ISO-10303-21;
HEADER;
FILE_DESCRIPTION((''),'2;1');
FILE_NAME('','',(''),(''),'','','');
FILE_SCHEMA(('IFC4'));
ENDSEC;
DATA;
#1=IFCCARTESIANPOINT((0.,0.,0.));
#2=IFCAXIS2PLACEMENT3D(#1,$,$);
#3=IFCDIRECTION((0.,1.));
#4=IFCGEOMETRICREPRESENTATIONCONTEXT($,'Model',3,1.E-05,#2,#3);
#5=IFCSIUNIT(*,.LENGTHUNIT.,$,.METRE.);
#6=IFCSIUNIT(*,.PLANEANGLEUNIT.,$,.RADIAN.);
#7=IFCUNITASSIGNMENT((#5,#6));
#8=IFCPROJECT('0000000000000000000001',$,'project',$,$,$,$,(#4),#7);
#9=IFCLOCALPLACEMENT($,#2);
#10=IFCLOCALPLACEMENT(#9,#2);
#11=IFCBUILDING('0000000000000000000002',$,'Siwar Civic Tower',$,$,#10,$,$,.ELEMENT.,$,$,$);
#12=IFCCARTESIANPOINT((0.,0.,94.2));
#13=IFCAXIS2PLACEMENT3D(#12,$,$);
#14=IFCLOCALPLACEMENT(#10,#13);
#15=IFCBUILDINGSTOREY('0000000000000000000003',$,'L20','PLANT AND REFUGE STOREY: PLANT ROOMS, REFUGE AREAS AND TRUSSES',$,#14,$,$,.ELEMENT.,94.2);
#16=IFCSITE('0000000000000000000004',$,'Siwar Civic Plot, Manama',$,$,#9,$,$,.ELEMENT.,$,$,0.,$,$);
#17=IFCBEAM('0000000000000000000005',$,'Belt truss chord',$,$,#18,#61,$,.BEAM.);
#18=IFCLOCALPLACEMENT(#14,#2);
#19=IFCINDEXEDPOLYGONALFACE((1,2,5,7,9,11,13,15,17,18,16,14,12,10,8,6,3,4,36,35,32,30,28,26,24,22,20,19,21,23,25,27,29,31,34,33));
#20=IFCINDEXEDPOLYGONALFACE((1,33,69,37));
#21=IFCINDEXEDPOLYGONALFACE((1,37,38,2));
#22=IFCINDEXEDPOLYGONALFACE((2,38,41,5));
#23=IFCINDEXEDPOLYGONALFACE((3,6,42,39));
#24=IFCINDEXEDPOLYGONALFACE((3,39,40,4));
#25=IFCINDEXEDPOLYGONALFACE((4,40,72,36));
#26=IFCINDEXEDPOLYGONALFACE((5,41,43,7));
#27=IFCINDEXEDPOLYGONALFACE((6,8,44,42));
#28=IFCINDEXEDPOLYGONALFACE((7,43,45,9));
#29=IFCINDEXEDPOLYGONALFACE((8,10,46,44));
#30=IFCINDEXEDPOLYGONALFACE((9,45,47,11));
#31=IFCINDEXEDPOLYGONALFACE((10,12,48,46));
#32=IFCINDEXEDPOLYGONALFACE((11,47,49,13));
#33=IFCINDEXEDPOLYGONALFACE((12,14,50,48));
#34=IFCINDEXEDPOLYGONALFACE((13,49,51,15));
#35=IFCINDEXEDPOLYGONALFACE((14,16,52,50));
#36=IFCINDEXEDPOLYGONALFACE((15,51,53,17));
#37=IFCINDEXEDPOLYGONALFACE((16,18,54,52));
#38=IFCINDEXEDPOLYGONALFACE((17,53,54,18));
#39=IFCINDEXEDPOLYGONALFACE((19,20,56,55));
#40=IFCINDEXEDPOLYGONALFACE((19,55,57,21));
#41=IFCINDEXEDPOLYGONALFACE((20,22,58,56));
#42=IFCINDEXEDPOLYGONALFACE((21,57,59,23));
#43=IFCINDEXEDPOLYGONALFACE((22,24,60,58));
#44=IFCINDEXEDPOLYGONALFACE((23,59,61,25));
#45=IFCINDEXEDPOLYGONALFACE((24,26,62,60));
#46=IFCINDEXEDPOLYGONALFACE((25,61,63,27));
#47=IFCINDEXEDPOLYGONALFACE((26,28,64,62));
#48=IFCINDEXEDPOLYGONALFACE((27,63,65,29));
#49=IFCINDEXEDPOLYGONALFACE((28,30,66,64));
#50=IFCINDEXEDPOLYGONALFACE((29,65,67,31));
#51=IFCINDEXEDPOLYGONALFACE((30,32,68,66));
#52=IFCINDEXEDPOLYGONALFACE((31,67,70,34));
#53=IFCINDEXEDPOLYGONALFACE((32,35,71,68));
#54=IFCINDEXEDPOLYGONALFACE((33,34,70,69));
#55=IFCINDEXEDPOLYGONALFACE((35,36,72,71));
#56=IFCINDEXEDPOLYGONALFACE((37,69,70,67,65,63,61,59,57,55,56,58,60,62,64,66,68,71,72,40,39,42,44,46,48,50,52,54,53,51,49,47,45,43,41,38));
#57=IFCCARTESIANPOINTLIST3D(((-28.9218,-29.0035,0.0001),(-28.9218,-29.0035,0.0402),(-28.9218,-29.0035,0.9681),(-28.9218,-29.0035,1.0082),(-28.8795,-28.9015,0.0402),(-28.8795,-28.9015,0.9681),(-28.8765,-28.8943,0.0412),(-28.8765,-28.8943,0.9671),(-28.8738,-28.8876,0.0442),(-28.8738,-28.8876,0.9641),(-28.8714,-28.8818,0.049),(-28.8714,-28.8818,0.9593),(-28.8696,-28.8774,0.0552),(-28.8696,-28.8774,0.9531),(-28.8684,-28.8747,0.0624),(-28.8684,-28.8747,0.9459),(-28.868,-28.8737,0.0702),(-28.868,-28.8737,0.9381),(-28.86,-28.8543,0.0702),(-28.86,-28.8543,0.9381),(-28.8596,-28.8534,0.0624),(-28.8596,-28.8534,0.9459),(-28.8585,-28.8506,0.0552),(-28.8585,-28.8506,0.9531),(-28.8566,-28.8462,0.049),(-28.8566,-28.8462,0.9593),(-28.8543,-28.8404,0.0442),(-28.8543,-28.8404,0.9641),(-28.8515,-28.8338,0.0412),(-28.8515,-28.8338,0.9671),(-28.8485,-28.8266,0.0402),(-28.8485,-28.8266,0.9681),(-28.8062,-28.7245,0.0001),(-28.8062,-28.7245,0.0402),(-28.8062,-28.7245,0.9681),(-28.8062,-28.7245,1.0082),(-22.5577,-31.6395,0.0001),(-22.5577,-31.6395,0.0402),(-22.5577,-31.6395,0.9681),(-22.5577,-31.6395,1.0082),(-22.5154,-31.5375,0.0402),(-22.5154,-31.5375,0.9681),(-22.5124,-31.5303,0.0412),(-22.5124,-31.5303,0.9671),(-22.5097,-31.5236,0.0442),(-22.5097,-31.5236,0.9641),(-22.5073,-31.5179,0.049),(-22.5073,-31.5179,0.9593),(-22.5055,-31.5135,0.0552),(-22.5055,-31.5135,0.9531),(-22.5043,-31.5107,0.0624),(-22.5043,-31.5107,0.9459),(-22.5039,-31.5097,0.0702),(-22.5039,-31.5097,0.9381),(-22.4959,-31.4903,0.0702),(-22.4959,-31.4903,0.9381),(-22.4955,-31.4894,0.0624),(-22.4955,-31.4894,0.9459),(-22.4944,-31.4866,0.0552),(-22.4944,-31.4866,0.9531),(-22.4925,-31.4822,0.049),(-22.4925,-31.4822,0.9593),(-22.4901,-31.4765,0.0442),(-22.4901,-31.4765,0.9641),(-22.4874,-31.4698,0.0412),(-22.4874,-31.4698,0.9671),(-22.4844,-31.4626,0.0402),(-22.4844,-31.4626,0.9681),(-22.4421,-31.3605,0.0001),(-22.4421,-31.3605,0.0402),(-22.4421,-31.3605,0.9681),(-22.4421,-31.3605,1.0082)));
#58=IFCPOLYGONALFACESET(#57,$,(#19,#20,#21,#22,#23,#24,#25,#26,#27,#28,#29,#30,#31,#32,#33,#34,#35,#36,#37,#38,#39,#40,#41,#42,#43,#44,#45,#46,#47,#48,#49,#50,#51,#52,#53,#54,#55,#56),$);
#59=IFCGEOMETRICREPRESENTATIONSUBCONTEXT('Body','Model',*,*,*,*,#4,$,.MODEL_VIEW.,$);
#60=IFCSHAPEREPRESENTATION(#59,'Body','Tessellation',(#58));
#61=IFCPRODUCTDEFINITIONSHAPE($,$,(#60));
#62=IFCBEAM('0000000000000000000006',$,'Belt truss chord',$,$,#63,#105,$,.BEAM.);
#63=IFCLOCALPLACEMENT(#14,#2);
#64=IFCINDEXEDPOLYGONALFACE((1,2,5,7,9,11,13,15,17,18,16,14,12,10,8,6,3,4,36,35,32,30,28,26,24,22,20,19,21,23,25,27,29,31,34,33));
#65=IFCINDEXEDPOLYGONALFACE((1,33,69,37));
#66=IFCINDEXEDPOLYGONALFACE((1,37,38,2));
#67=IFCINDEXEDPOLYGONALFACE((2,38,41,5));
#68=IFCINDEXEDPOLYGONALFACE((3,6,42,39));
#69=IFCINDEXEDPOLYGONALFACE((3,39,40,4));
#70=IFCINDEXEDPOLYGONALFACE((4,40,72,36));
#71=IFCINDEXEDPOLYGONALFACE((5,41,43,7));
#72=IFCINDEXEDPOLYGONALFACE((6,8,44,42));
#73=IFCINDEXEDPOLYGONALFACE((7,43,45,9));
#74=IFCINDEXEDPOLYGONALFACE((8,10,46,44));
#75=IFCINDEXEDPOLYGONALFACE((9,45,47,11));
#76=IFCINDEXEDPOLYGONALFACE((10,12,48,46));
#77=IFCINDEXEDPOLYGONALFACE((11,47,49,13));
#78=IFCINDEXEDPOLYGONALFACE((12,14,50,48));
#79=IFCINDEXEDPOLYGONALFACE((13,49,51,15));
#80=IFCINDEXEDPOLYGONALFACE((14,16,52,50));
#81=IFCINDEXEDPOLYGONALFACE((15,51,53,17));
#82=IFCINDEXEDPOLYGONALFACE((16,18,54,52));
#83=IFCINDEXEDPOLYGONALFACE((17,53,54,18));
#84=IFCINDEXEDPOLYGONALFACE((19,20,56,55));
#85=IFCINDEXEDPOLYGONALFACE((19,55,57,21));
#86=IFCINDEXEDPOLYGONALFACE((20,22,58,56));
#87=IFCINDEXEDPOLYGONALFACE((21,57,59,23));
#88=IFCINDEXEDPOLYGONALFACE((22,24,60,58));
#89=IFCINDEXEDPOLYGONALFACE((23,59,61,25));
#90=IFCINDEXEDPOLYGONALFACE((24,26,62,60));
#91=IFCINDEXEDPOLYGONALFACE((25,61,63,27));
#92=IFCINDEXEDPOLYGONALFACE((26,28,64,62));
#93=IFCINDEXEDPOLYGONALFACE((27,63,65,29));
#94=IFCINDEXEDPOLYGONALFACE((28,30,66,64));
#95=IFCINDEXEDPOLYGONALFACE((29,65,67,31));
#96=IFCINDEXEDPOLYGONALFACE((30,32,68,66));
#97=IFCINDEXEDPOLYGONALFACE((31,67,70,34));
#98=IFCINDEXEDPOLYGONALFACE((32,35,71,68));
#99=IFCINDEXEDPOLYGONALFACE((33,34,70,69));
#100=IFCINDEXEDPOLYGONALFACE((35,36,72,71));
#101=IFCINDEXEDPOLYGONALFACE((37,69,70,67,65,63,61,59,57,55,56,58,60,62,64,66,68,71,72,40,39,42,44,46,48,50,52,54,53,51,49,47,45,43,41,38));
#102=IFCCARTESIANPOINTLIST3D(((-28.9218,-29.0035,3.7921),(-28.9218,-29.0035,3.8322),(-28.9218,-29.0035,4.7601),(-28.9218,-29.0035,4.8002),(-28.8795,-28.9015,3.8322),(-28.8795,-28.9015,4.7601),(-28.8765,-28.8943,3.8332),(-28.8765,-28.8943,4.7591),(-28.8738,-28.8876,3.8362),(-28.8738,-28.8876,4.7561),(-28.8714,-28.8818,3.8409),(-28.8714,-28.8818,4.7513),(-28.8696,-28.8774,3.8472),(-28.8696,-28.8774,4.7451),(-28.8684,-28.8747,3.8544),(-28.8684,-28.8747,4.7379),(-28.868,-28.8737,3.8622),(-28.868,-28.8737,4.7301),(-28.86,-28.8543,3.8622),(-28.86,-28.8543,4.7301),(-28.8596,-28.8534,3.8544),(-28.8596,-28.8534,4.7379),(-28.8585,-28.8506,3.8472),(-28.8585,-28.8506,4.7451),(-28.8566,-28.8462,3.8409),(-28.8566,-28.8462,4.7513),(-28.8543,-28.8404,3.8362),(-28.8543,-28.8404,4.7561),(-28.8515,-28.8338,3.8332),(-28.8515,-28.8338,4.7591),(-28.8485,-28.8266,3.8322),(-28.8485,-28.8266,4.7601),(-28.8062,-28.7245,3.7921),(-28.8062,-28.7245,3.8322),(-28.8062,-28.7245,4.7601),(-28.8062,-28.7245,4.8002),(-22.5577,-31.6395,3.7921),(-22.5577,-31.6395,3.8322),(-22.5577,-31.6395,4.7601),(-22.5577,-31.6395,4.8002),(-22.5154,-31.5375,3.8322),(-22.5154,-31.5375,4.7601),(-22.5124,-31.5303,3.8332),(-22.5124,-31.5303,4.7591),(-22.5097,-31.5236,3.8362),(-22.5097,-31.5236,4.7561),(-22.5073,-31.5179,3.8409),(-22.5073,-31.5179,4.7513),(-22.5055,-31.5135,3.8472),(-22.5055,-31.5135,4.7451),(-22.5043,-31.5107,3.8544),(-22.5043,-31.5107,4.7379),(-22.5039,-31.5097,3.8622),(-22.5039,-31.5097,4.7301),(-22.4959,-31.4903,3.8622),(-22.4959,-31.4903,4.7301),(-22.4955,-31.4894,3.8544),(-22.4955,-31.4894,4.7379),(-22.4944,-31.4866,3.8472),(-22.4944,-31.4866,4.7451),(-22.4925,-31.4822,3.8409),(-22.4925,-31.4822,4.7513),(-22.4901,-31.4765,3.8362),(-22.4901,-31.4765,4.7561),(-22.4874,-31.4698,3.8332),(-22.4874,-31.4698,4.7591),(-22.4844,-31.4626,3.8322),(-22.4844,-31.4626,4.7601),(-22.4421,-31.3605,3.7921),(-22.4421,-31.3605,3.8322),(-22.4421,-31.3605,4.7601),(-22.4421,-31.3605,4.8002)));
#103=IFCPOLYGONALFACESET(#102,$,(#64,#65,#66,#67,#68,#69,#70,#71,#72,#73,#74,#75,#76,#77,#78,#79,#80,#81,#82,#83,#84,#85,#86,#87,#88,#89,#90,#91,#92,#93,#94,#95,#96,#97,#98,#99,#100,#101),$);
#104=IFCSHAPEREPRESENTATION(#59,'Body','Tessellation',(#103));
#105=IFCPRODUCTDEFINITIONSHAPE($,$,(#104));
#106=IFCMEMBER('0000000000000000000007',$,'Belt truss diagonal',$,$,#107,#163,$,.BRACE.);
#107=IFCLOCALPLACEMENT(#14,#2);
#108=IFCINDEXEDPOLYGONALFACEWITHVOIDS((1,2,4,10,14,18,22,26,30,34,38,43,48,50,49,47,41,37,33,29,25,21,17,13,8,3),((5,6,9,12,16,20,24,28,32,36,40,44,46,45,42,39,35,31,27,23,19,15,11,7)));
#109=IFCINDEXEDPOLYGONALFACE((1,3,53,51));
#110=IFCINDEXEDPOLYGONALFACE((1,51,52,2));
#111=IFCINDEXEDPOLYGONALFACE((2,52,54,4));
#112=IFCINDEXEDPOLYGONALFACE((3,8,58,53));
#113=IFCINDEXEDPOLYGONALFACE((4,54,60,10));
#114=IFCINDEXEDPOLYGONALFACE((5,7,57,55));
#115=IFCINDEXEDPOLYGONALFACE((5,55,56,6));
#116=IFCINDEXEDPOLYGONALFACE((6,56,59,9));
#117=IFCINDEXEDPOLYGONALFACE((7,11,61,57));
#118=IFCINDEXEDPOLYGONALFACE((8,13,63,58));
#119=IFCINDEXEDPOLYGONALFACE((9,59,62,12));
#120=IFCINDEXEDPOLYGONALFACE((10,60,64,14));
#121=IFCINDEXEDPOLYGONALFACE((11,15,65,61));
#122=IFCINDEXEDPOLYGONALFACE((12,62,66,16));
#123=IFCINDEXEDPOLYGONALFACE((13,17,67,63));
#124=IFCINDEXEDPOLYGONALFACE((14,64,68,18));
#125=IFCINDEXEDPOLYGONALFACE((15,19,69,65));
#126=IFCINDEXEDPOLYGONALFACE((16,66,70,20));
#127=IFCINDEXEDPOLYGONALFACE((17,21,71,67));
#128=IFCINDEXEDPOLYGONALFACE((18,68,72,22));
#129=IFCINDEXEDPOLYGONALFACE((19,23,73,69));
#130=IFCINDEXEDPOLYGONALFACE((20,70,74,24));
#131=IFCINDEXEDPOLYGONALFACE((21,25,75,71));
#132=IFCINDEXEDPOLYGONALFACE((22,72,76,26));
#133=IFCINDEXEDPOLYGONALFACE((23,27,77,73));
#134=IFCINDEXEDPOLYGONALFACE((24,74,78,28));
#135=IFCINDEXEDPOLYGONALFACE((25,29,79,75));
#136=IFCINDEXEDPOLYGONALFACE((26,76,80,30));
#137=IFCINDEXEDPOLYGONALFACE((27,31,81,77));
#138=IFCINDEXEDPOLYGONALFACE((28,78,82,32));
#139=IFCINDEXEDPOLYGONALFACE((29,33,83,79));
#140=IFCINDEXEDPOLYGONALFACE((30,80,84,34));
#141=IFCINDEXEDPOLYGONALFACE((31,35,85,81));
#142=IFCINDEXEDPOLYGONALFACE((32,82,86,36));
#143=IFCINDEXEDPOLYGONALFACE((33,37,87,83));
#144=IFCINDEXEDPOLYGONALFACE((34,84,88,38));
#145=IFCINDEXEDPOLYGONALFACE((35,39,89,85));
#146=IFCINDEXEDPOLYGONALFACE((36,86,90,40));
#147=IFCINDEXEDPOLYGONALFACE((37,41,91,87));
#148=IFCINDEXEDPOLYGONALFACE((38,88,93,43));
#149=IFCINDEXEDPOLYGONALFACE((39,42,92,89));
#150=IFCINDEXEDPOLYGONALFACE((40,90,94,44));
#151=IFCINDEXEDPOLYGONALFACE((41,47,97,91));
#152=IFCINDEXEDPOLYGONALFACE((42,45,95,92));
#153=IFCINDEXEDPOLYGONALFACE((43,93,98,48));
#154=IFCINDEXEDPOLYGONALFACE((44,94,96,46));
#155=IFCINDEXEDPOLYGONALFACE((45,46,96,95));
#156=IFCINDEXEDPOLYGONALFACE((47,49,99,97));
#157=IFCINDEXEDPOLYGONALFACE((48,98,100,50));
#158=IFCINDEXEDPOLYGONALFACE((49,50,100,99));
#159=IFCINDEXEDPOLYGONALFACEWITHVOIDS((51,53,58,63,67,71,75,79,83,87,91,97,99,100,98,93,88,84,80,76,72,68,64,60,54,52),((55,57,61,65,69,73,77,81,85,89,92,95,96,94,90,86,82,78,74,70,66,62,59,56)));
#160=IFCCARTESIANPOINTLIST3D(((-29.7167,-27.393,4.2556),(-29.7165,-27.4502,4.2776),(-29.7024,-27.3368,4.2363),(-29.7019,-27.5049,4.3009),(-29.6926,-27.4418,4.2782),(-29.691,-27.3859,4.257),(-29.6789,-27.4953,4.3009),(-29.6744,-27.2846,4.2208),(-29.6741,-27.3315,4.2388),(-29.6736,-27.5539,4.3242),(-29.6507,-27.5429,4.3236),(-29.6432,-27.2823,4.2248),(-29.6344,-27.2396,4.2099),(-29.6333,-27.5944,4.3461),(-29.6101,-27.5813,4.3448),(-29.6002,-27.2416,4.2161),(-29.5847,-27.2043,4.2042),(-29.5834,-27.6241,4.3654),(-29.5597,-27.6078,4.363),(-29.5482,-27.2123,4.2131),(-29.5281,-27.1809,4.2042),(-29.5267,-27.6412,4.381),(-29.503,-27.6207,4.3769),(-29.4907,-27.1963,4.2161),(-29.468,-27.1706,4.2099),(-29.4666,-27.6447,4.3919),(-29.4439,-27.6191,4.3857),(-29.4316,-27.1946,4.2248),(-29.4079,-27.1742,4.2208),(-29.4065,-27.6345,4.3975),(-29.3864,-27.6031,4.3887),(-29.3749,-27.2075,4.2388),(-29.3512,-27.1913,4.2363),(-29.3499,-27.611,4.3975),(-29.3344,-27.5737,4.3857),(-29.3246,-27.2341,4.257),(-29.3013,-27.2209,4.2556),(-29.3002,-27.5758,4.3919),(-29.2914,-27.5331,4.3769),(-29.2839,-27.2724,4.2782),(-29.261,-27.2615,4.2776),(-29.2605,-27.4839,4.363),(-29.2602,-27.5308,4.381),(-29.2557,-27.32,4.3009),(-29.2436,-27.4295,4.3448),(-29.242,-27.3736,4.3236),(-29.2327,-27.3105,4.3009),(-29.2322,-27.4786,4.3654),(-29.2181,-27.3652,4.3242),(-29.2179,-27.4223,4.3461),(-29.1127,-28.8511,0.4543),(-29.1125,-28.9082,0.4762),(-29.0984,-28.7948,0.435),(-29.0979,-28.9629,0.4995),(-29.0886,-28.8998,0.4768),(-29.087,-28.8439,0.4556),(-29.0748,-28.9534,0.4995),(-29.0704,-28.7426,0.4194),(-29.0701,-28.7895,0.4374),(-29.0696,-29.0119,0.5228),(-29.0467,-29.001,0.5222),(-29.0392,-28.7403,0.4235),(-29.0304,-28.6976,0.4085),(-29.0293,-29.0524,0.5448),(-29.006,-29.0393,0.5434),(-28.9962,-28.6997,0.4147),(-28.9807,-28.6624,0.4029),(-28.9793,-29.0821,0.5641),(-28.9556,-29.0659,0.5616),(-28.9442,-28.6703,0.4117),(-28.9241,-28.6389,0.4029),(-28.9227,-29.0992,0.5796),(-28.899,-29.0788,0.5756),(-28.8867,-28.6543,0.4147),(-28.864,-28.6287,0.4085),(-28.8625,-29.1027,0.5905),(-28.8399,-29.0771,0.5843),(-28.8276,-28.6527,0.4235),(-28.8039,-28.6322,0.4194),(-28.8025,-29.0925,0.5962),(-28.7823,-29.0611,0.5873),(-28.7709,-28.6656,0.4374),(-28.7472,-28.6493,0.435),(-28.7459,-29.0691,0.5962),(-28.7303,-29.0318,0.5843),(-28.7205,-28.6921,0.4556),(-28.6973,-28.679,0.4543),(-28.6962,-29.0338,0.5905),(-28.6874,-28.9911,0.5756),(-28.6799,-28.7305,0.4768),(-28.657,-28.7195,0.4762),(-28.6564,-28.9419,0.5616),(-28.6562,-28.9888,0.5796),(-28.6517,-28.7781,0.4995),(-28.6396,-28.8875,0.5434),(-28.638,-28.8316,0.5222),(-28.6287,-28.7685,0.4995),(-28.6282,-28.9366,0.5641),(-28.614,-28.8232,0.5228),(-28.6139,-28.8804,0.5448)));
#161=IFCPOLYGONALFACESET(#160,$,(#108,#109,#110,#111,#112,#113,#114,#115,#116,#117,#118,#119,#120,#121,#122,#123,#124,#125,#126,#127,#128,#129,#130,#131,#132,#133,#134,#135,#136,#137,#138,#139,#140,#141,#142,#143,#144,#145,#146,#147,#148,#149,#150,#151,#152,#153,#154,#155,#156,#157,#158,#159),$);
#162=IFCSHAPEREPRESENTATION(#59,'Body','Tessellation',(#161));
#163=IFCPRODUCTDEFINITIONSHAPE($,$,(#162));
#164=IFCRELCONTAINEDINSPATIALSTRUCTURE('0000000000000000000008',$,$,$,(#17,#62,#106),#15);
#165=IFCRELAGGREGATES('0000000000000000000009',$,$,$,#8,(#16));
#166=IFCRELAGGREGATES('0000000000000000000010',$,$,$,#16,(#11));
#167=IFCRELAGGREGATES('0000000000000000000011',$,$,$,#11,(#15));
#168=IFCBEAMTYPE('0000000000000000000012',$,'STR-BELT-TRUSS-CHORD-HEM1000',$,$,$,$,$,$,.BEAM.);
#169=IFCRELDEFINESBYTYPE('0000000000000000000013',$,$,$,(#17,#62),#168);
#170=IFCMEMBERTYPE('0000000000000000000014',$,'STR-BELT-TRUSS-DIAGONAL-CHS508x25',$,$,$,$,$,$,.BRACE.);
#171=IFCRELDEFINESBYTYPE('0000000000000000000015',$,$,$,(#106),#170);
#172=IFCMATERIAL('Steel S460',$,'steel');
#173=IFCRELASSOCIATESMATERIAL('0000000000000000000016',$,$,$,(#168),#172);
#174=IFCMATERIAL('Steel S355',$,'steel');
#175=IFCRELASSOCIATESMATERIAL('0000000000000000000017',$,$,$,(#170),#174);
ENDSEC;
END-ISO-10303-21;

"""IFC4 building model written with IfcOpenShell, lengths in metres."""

from ifc_helpers import new_model, si_unit, direction, frame, origin, origin_2d, place, context, subcontext, project, spatial, hollow_circle, i_section, extrude, material, material_profile, profile_set, type_object, element, save


model = new_model("IFC4")

# Units and contexts
model_context = context("Model", 3, precision=1e-05, world=origin(), true_north=direction((0.0, 1.0)))
body_context = subcontext(model_context, "Body", "Model", "MODEL_VIEW")
ifc_project = project(units=[si_unit("LENGTHUNIT", "METRE"), si_unit("PLANEANGLEUNIT", "RADIAN")], contexts=[model_context])

# Site, building, storey
site_placement = place(None, origin())
site = spatial("IfcSite", under=ifc_project, at=site_placement, Name="Siwar Civic Plot, Manama", CompositionType="ELEMENT", RefElevation=0.0)
building_placement = place(site_placement, origin())
building = spatial("IfcBuilding", under=site, at=building_placement, Name="Siwar Civic Tower", CompositionType="ELEMENT")
storey_placement = place(building_placement, frame((0.0, 0.0, 94.2)))
storey = spatial("IfcBuildingStorey", under=building, at=storey_placement, Name="L20", Description="PLANT AND REFUGE STOREY: PLANT ROOMS, REFUGE AREAS AND TRUSSES", CompositionType="ELEMENT", Elevation=94.2)

# Beams
ifc_material_1 = material(Name="Steel S460", Category="steel")
ifc_material_profile_1 = material_profile(ifc_material_1, i_section(OverallWidth=0.302, OverallDepth=1.0081, WebThickness=0.021, FlangeThickness=0.04, FilletRadius=0.03, at=origin_2d()), Name="HEM1000")
ifc_profile_set_1 = profile_set([ifc_material_profile_1], Name="Steel S460")
beam_type_1 = type_object("IfcBeamType", Name="STR-BELT-TRUSS-CHORD-HEM1000", PredefinedType="BEAM", material=ifc_profile_set_1)
for number, where, z_axis, x_axis, name in (
    (1, (-28.864, -28.864, 0.5042), (0.923883, -0.382674, 0.0), (0.382674, 0.923883, 0.0), "Belt truss chord"),
    (2, (-28.864, -28.864, 4.2961), (0.923883, -0.382674, 0.0), (0.382674, 0.923883, 0.0), "Belt truss chord"),
):
    element("IfcBeam", number, at=place(storey_placement, frame(where, z_axis=z_axis, x_axis=x_axis)), inside=storey, type_object=beam_type_1, Name=name, PredefinedType="BEAM", context=body_context, shape_type="SweptSolid", body=[
        extrude(i_section(OverallWidth=0.302, OverallDepth=1.0081, WebThickness=0.021, FlangeThickness=0.04, FilletRadius=0.03, at=origin_2d()), origin(), (0.0, 0.0, 1.0), 6.8884),
    ])

# Member
ifc_material_2 = material(Name="Steel S355", Category="steel")
ifc_material_profile_2 = material_profile(ifc_material_2, hollow_circle(Radius=0.2539, WallThickness=0.0249, at=origin_2d()), Name="CHS508x25")
ifc_profile_set_2 = profile_set([ifc_material_profile_2], Name="Steel S355")
member_type_1 = type_object("IfcMemberType", Name="STR-BELT-TRUSS-DIAGONAL-CHS508x25", PredefinedType="BRACE", material=ifc_profile_set_2)
member_1_placement = place(storey_placement, frame((-28.8633, -28.8657, 0.4995), z_axis=(-0.146751, 0.354242, 0.923568), x_axis=(-0.923862, -0.382725, 0.0)))
element("IfcMember", 3, at=member_1_placement, inside=storey, type_object=member_type_1, Name="Belt truss diagonal", PredefinedType="BRACE", context=body_context, shape_type="SweptSolid", body=[
    extrude(hollow_circle(Radius=0.2539, WallThickness=0.0249, at=origin_2d()), origin(), (0.0, 0.0, 1.0), 4.116),
])

save(model, "model.ifc")
